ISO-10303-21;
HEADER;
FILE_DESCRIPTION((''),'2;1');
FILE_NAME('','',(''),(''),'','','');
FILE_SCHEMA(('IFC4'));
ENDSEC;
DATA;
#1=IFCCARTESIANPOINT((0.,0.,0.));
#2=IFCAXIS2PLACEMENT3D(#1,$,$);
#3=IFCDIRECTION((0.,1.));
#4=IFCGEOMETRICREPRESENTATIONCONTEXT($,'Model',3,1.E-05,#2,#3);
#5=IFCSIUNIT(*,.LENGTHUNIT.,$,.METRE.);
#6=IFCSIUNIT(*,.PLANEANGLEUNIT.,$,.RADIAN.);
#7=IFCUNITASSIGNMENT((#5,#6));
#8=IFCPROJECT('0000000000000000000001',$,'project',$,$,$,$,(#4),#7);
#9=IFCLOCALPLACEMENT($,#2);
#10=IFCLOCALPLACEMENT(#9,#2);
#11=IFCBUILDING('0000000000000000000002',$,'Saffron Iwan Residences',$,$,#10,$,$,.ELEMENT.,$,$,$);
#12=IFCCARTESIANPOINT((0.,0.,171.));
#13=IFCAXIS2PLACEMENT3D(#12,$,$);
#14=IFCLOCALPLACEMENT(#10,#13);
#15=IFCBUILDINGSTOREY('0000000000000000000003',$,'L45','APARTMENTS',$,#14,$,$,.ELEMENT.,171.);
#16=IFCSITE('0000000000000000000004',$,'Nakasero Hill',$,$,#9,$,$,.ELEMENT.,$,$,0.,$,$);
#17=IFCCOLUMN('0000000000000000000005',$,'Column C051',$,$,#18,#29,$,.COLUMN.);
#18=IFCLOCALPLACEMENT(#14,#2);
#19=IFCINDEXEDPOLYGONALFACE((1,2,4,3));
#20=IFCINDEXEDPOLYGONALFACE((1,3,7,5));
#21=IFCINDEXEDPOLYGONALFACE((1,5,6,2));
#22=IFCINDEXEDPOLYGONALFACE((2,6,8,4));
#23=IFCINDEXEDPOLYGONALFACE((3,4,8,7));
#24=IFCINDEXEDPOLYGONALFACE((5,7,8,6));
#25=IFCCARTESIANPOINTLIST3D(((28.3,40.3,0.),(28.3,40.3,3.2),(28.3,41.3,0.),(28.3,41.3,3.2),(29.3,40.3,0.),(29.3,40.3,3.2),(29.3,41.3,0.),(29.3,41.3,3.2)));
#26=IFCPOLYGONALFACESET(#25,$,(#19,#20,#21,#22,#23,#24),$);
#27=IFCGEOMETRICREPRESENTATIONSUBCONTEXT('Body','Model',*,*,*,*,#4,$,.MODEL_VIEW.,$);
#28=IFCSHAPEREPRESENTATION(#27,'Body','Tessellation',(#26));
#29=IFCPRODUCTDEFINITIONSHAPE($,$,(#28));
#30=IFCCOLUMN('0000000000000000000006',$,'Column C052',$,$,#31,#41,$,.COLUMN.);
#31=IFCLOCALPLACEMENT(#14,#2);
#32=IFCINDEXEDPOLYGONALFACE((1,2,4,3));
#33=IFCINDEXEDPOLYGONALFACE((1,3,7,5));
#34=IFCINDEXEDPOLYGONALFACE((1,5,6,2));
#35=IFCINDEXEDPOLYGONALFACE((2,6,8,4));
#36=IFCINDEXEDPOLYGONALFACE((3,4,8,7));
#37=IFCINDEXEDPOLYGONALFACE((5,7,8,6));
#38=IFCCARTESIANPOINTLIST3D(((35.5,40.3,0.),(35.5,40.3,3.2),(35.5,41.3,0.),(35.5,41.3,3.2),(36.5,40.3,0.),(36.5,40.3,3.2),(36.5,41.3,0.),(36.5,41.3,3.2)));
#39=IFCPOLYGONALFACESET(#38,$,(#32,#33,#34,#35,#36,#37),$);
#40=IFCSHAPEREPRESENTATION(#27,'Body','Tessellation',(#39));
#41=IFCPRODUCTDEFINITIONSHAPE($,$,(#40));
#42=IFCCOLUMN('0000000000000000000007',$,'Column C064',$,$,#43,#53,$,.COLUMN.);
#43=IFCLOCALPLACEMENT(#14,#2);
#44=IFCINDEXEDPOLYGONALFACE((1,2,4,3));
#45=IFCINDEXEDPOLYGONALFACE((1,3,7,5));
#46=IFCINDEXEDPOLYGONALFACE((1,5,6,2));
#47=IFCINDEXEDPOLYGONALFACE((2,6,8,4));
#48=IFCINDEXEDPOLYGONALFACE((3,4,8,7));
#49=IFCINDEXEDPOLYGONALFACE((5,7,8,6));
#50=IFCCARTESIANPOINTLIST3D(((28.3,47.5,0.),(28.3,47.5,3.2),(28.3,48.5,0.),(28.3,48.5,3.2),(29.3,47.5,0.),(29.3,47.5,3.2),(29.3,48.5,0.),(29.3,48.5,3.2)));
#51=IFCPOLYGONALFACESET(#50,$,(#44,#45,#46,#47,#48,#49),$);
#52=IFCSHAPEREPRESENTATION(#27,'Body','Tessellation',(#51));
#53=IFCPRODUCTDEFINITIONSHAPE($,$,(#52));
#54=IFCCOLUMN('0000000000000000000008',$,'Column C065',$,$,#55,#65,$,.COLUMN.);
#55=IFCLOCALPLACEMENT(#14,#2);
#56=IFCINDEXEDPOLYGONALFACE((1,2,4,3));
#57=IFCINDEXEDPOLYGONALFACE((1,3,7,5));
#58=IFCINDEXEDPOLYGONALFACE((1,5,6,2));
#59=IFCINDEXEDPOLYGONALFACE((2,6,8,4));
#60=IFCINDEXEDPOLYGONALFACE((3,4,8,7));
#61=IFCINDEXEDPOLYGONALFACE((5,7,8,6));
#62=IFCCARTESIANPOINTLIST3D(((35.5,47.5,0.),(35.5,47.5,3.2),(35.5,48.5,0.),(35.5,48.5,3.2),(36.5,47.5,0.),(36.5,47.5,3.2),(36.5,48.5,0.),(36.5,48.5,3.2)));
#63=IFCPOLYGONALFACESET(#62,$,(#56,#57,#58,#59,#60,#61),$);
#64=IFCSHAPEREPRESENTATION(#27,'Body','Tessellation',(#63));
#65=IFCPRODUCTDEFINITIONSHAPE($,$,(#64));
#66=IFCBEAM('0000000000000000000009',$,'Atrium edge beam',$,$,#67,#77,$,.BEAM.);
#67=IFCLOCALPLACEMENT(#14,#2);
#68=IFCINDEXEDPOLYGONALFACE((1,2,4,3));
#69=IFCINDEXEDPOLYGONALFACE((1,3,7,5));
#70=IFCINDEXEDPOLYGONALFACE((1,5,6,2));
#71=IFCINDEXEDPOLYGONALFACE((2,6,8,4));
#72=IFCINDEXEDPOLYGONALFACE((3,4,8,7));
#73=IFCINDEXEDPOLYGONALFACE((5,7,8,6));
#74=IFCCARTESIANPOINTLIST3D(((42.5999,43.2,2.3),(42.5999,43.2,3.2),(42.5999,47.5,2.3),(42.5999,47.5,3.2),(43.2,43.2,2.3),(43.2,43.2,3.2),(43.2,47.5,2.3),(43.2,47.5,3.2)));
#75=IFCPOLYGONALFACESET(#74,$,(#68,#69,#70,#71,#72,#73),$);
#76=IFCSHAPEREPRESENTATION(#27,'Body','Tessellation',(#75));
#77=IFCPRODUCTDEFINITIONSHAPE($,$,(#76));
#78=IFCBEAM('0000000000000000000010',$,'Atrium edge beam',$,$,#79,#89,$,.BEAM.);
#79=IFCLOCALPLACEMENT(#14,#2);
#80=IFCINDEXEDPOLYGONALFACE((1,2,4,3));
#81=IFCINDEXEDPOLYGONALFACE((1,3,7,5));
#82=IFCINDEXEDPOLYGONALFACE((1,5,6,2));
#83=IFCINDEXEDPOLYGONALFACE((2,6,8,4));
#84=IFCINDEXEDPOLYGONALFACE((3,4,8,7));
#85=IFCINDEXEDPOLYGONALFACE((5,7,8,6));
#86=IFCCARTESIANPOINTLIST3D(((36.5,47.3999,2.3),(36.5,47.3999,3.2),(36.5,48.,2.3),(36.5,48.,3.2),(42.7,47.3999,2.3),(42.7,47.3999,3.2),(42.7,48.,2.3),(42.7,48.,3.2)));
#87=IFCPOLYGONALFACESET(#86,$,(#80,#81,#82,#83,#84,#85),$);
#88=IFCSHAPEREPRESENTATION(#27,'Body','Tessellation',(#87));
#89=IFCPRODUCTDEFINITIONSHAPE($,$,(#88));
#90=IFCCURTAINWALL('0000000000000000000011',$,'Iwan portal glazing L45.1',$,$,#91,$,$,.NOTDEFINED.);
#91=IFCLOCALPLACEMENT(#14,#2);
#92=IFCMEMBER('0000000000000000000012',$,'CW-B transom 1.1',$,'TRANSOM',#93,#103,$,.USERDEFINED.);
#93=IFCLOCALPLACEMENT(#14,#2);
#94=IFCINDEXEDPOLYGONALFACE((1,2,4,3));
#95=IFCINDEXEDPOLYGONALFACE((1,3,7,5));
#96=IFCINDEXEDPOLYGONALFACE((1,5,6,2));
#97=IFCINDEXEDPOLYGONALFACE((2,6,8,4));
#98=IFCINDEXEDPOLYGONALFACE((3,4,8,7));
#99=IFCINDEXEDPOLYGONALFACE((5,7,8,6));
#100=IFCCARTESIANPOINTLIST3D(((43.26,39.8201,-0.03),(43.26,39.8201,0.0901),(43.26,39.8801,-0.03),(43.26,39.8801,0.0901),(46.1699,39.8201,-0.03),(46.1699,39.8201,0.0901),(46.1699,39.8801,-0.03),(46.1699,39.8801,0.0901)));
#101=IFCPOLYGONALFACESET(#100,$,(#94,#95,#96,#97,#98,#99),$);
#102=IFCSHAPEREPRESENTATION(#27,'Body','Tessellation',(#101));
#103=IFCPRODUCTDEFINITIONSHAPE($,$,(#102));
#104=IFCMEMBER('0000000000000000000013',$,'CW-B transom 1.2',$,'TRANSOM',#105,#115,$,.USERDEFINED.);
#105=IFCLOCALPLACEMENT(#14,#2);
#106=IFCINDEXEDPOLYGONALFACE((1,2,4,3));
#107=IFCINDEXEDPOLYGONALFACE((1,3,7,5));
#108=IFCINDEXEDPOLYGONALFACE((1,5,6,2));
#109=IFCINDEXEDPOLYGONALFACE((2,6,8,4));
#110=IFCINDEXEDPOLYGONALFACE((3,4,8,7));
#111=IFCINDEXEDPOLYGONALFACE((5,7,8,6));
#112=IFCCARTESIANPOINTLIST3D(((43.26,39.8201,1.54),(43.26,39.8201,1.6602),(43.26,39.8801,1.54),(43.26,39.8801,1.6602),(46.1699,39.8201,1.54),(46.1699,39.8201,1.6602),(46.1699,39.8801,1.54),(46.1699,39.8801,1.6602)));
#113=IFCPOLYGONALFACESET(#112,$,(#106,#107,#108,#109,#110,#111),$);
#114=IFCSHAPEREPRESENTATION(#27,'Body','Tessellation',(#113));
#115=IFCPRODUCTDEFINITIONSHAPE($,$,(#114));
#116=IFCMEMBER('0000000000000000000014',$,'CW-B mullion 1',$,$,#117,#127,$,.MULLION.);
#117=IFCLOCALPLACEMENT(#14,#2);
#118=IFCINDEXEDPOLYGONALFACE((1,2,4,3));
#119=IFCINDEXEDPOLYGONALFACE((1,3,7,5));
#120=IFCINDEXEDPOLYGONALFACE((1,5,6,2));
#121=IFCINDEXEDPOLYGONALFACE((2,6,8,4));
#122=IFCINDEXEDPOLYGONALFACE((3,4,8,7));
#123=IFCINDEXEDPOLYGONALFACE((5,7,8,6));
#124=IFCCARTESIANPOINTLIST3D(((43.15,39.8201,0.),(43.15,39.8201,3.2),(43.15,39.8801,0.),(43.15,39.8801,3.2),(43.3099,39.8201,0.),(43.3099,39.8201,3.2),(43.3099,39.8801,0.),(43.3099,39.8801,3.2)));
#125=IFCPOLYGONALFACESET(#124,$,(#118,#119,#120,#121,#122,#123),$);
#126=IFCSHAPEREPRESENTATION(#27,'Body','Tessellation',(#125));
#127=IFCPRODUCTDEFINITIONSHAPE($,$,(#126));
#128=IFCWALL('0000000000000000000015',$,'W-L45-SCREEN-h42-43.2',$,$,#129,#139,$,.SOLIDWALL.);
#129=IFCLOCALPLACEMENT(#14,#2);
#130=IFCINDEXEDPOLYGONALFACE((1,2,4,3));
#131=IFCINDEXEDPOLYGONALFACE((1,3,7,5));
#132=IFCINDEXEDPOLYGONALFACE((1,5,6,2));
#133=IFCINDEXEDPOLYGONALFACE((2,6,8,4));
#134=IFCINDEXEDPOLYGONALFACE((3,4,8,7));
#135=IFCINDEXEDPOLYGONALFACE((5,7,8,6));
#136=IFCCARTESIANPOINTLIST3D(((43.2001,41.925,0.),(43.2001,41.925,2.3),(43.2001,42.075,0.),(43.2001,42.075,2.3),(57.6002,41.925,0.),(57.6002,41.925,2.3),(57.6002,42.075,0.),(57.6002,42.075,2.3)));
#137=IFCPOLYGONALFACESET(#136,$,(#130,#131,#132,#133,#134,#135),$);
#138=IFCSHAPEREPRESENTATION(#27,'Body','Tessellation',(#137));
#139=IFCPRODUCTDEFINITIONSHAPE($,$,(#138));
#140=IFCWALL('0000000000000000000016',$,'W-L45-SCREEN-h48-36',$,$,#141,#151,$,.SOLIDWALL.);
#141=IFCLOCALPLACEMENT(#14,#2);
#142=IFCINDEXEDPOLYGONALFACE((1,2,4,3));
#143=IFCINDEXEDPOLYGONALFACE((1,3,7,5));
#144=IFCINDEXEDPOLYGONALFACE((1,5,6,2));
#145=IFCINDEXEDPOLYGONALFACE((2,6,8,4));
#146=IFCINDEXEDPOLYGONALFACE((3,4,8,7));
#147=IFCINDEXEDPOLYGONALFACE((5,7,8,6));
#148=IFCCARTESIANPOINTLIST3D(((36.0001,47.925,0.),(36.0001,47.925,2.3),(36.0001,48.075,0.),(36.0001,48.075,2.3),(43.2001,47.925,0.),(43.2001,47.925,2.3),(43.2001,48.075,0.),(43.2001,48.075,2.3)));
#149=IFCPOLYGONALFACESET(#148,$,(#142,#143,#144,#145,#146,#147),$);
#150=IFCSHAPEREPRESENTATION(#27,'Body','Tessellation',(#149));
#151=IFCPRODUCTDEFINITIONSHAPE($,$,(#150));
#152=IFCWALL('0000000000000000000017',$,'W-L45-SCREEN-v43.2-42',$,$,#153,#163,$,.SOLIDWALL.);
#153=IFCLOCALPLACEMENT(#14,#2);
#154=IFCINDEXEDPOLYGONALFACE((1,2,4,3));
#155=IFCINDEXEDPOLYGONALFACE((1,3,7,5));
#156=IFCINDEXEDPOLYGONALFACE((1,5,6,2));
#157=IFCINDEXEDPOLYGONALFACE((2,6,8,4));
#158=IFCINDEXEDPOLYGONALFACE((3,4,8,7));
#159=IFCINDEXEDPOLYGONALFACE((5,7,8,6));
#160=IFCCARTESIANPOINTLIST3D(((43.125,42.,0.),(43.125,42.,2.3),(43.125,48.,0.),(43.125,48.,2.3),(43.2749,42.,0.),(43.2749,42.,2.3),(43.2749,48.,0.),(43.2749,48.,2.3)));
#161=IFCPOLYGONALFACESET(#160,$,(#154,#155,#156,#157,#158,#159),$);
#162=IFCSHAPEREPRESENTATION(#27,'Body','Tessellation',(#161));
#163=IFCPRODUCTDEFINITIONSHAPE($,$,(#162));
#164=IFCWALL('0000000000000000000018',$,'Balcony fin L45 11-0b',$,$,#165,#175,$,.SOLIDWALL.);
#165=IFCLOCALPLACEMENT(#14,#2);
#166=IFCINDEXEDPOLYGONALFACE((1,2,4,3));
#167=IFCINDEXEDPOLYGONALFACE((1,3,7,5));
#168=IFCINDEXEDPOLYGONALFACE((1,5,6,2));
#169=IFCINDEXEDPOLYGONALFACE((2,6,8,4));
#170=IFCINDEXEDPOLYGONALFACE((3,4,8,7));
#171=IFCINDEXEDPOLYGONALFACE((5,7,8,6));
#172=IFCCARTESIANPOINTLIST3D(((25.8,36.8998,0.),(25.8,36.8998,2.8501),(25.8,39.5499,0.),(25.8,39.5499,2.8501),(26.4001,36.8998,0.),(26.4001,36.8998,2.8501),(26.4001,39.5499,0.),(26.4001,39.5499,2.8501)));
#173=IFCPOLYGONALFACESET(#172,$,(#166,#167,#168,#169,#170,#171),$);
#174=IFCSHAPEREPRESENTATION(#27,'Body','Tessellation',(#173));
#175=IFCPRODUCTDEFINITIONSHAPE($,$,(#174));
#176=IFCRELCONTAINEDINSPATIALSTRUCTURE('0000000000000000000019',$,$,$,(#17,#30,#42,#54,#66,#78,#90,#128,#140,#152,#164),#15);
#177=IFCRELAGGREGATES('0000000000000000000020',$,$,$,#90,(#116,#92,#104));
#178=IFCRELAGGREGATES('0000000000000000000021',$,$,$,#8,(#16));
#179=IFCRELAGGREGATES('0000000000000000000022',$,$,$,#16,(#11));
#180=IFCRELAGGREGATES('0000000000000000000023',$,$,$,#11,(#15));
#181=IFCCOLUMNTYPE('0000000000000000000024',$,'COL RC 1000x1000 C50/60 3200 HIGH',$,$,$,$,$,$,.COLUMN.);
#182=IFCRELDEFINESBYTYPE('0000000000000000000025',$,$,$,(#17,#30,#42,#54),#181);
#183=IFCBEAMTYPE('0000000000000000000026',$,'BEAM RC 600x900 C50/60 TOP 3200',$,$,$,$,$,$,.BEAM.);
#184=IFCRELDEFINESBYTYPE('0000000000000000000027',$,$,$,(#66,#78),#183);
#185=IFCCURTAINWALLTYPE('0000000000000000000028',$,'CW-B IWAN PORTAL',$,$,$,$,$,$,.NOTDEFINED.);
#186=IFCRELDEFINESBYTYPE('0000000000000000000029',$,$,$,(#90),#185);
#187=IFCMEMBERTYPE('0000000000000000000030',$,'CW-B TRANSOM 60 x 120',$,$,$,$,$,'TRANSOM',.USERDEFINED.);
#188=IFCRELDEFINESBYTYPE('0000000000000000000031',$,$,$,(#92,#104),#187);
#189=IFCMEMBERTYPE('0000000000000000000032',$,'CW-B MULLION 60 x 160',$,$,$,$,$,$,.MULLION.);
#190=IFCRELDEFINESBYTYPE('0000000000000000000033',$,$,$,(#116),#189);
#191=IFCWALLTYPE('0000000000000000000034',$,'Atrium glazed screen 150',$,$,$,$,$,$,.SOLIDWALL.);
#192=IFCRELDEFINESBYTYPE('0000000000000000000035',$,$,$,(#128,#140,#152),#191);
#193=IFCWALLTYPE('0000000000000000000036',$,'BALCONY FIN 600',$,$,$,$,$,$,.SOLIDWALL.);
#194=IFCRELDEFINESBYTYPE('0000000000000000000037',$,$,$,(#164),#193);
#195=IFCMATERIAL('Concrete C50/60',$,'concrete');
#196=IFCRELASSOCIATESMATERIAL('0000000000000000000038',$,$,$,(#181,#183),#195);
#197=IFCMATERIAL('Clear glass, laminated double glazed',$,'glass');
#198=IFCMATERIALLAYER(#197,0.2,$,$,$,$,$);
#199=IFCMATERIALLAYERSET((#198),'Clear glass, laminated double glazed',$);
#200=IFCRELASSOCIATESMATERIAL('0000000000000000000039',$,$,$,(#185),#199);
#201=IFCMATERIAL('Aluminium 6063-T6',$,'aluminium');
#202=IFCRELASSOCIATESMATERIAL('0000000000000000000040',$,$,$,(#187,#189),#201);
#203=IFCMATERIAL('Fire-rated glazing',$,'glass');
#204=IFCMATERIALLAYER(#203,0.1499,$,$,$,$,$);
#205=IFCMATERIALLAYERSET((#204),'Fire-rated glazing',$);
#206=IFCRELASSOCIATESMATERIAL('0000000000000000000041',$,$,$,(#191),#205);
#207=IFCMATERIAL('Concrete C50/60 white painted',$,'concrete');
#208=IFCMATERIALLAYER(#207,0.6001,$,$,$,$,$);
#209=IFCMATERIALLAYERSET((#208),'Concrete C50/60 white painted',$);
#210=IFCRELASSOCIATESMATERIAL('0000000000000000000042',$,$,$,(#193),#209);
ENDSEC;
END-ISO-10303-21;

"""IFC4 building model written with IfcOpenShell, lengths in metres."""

from ifc_helpers import new_model, si_unit, direction, frame, frame_2d, origin, origin_2d, place, context, subcontext, project, spatial, rectangle, extrude, source, transform, mapped, material, layer, layer_set, material_profile, profile_set, type_object, element, aggregate, save


model = new_model("IFC4")

# Units and contexts
model_context = context("Model", 3, precision=1e-05, world=origin(), true_north=direction((0.0, 1.0)))
body_context = subcontext(model_context, "Body", "Model", "MODEL_VIEW")
ifc_project = project(units=[si_unit("LENGTHUNIT", "METRE"), si_unit("PLANEANGLEUNIT", "RADIAN")], contexts=[model_context])

# Site, building, storey
site_placement = place(None, origin())
site = spatial("IfcSite", under=ifc_project, at=site_placement, Name="Nakasero Hill", CompositionType="ELEMENT", RefElevation=0.0)
building_placement = place(site_placement, origin())
building = spatial("IfcBuilding", under=site, at=building_placement, Name="Saffron Iwan Residences", CompositionType="ELEMENT")
storey_placement = place(building_placement, frame((0.0, 0.0, 171.0)))
storey = spatial("IfcBuildingStorey", under=building, at=storey_placement, Name="L45", Description="APARTMENTS", CompositionType="ELEMENT", Elevation=171.0)

# Columns
ifc_material_1 = material(Name="Concrete C50/60", Category="concrete")
ifc_material_profile_1 = material_profile(ifc_material_1, rectangle(XDim=1.0, YDim=1.0, at=origin_2d()), Name="RC 1000x1000")
ifc_profile_set_1 = profile_set([ifc_material_profile_1], Name="Concrete C50/60")
column_type = type_object("IfcColumnType", Name="COL RC 1000x1000 C50/60 3200 HIGH", PredefinedType="COLUMN", material=ifc_profile_set_1)
shared_shape_1 = source(origin(), body_context, "Body", "SweptSolid", [
    extrude(rectangle(XDim=1.0, YDim=1.0, at=origin_2d()), origin(), (0.0, 0.0, 1.0), 3.2),
])
for number, where, z_axis, x_axis, name in (
    (1, (28.8, 40.8, 0.0), (0.0, 0.0, 1.0), (1.0, 0.0, 0.0), "Column C051"),
    (2, (36.0, 40.8, 0.0), (0.0, 0.0, 1.0), (1.0, 0.0, 0.0), "Column C052"),
    (3, (28.8, 48.0, 0.0), (0.0, 0.0, 1.0), (1.0, 0.0, 0.0), "Column C064"),
    (4, (36.0, 48.0, 0.0), (0.0, 0.0, 1.0), (1.0, 0.0, 0.0), "Column C065"),
):
    element("IfcColumn", number, at=place(storey_placement, frame(where, z_axis=z_axis, x_axis=x_axis)), inside=storey, type_object=column_type, Name=name, PredefinedType="COLUMN", context=body_context, shape_type="MappedRepresentation", body=[
        mapped(shared_shape_1, transform((0.0, 0.0, 0.0))),
    ])

# Beams
ifc_material_profile_2 = material_profile(ifc_material_1, rectangle(XDim=0.6001, YDim=0.8999, at=origin_2d()), Name="RC 600x900")
ifc_profile_set_2 = profile_set([ifc_material_profile_2], Name="Concrete C50/60")
beam_type = type_object("IfcBeamType", Name="BEAM RC 600x900 C50/60 TOP 3200", PredefinedType="BEAM", material=ifc_profile_set_2)
shared_shape_2 = source(origin(), body_context, "Body", "SweptSolid", [
    extrude(rectangle(XDim=0.6001, YDim=0.8999, at=origin_2d()), origin(), (0.0, 0.0, 1.0), 4.3),
])
beam_1_placement = place(storey_placement, frame((42.8999, 43.2, 2.75), z_axis=(0.0, 1.0, 0.0), x_axis=(-1.0, 0.0, 0.0)))
element("IfcBeam", 5, at=beam_1_placement, inside=storey, type_object=beam_type, Name="Atrium edge beam", PredefinedType="BEAM", context=body_context, shape_type="MappedRepresentation", body=[
    mapped(shared_shape_2, transform((0.0, 0.0, 0.0))),
])
shared_shape_3 = source(origin(), body_context, "Body", "SweptSolid", [
    extrude(rectangle(XDim=0.6001, YDim=0.8999, at=origin_2d()), origin(), (0.0, 0.0, 1.0), 6.2),
])
beam_2_placement = place(storey_placement, frame((42.7, 47.7, 2.75), z_axis=(-1.0, 0.0, 0.0), x_axis=(0.0, -1.0, 0.0)))
element("IfcBeam", 6, at=beam_2_placement, inside=storey, type_object=beam_type, Name="Atrium edge beam", PredefinedType="BEAM", context=body_context, shape_type="MappedRepresentation", body=[
    mapped(shared_shape_3, transform((0.0, 0.0, 0.0))),
])

# Curtain wall, members
ifc_material_2 = material(Name="Clear glass, laminated double glazed", Category="glass")
ifc_layer_1 = layer(ifc_material_2, 0.2)
ifc_layer_set_1 = layer_set([ifc_layer_1], Name="Clear glass, laminated double glazed")
curtain_wall_type = type_object("IfcCurtainWallType", Name="CW-B IWAN PORTAL", PredefinedType="NOTDEFINED", material=ifc_layer_set_1)
curtain_wall_placement = place(storey_placement, origin())
curtain_wall = element("IfcCurtainWall", 7, at=curtain_wall_placement, inside=storey, type_object=curtain_wall_type, Name="Iwan portal glazing L45.1", PredefinedType="NOTDEFINED")
ifc_material_3 = material(Name="Aluminium 6063-T6", Category="aluminium")
ifc_material_profile_3 = material_profile(ifc_material_3, rectangle(XDim=0.0601, YDim=0.1201, at=origin_2d()), Name="CW-B TRANSOM 60 x 120")
ifc_profile_set_3 = profile_set([ifc_material_profile_3], Name="Aluminium 6063-T6")
member_type_1 = type_object("IfcMemberType", Name="CW-B TRANSOM 60 x 120", ElementType="TRANSOM", PredefinedType="USERDEFINED", material=ifc_profile_set_3)
shared_shape_4 = source(origin(), body_context, "Body", "SweptSolid", [
    extrude(rectangle(XDim=0.0601, YDim=0.1201, at=origin_2d()), origin(), (0.0, 0.0, 1.0), 2.9099),
])
member_1_placement = place(storey_placement, frame((43.26, 39.8501, 0.03), z_axis=(1.0, 0.0, 0.0), x_axis=(0.0, 1.0, 0.0)))
member_1 = element("IfcMember", 8, at=member_1_placement, type_object=member_type_1, Name="CW-B transom 1.1", ObjectType="TRANSOM", PredefinedType="USERDEFINED", context=body_context, shape_type="MappedRepresentation", body=[
    mapped(shared_shape_4, transform((0.0, 0.0, 0.0))),
])
member_2_placement = place(storey_placement, frame((43.26, 39.8501, 1.6001), z_axis=(1.0, 0.0, 0.0), x_axis=(0.0, 1.0, 0.0)))
member_2 = element("IfcMember", 9, at=member_2_placement, type_object=member_type_1, Name="CW-B transom 1.2", ObjectType="TRANSOM", PredefinedType="USERDEFINED", context=body_context, shape_type="MappedRepresentation", body=[
    mapped(shared_shape_4, transform((0.0, 0.0, 0.0))),
])
ifc_material_profile_4 = material_profile(ifc_material_3, rectangle(XDim=0.0601, YDim=0.1599, at=origin_2d()), Name="CW-B MULLION 60 x 160")
ifc_profile_set_4 = profile_set([ifc_material_profile_4], Name="Aluminium 6063-T6")
member_type_2 = type_object("IfcMemberType", Name="CW-B MULLION 60 x 160", PredefinedType="MULLION", material=ifc_profile_set_4)
shared_shape_5 = source(origin(), body_context, "Body", "SweptSolid", [
    extrude(rectangle(XDim=0.0601, YDim=0.1599, at=origin_2d()), origin(), (0.0, 0.0, 1.0), 3.2),
])
member_3_placement = place(storey_placement, frame((43.23, 39.8501, 0.0), z_axis=(0.0, 0.0, 1.0), x_axis=(0.0, 1.0, 0.0)))
member_3 = element("IfcMember", 10, at=member_3_placement, type_object=member_type_2, Name="CW-B mullion 1", PredefinedType="MULLION", context=body_context, shape_type="MappedRepresentation", body=[
    mapped(shared_shape_5, transform((0.0, 0.0, 0.0))),
])
aggregate(curtain_wall, [member_3, member_1, member_2])

# Walls
ifc_material_4 = material(Name="Fire-rated glazing", Category="glass")
ifc_layer_2 = layer(ifc_material_4, 0.1499)
ifc_layer_set_2 = layer_set([ifc_layer_2], Name="Fire-rated glazing")
wall_type_1 = type_object("IfcWallType", Name="Atrium glazed screen 150", PredefinedType="SOLIDWALL", material=ifc_layer_set_2)
wall_1_placement = place(storey_placement, frame((43.2, 42.0, 0.0), z_axis=(0.0, 0.0, 1.0), x_axis=(1.0, 0.0, 0.0)))
element("IfcWall", 11, at=wall_1_placement, inside=storey, type_object=wall_type_1, Name="W-L45-SCREEN-h42-43.2", PredefinedType="SOLIDWALL", context=body_context, shape_type="SweptSolid", body=[
    extrude(rectangle(XDim=14.4001, YDim=0.1499, at=frame_2d((7.2002, 0.0))), origin(), (0.0, 0.0, 1.0), 2.3),
])
wall_2_placement = place(storey_placement, frame((36.0, 48.0, 0.0), z_axis=(0.0, 0.0, 1.0), x_axis=(1.0, 0.0, 0.0)))
element("IfcWall", 12, at=wall_2_placement, inside=storey, type_object=wall_type_1, Name="W-L45-SCREEN-h48-36", PredefinedType="SOLIDWALL", context=body_context, shape_type="SweptSolid", body=[
    extrude(rectangle(XDim=7.2, YDim=0.1499, at=frame_2d((3.6001, 0.0))), origin(), (0.0, 0.0, 1.0), 2.3),
])
wall_3_placement = place(storey_placement, frame((43.2, 42.0, 0.0), z_axis=(0.0, 0.0, 1.0), x_axis=(0.0, 1.0, 0.0)))
element("IfcWall", 13, at=wall_3_placement, inside=storey, type_object=wall_type_1, Name="W-L45-SCREEN-v43.2-42", PredefinedType="SOLIDWALL", context=body_context, shape_type="SweptSolid", body=[
    extrude(rectangle(XDim=6.0, YDim=0.1499, at=frame_2d((3.0, 0.0))), origin(), (0.0, 0.0, 1.0), 2.3),
])
ifc_material_5 = material(Name="Concrete C50/60 white painted", Category="concrete")
ifc_layer_3 = layer(ifc_material_5, 0.6001)
ifc_layer_set_3 = layer_set([ifc_layer_3], Name="Concrete C50/60 white painted")
wall_type_2 = type_object("IfcWallType", Name="BALCONY FIN 600", PredefinedType="SOLIDWALL", material=ifc_layer_set_3)
wall_4_placement = place(storey_placement, frame((26.1001, 39.55, 0.0), z_axis=(0.0, 0.0, 1.0), x_axis=(0.0, -1.0, 0.0)))
element("IfcWall", 14, at=wall_4_placement, inside=storey, type_object=wall_type_2, Name="Balcony fin L45 11-0b", PredefinedType="SOLIDWALL", context=body_context, shape_type="SweptSolid", body=[
    extrude(rectangle(XDim=2.6501, YDim=0.6001, at=frame_2d((1.3252, 0.0))), origin(), (0.0, 0.0, 1.0), 2.8501),
])

save(model, "model.ifc")
